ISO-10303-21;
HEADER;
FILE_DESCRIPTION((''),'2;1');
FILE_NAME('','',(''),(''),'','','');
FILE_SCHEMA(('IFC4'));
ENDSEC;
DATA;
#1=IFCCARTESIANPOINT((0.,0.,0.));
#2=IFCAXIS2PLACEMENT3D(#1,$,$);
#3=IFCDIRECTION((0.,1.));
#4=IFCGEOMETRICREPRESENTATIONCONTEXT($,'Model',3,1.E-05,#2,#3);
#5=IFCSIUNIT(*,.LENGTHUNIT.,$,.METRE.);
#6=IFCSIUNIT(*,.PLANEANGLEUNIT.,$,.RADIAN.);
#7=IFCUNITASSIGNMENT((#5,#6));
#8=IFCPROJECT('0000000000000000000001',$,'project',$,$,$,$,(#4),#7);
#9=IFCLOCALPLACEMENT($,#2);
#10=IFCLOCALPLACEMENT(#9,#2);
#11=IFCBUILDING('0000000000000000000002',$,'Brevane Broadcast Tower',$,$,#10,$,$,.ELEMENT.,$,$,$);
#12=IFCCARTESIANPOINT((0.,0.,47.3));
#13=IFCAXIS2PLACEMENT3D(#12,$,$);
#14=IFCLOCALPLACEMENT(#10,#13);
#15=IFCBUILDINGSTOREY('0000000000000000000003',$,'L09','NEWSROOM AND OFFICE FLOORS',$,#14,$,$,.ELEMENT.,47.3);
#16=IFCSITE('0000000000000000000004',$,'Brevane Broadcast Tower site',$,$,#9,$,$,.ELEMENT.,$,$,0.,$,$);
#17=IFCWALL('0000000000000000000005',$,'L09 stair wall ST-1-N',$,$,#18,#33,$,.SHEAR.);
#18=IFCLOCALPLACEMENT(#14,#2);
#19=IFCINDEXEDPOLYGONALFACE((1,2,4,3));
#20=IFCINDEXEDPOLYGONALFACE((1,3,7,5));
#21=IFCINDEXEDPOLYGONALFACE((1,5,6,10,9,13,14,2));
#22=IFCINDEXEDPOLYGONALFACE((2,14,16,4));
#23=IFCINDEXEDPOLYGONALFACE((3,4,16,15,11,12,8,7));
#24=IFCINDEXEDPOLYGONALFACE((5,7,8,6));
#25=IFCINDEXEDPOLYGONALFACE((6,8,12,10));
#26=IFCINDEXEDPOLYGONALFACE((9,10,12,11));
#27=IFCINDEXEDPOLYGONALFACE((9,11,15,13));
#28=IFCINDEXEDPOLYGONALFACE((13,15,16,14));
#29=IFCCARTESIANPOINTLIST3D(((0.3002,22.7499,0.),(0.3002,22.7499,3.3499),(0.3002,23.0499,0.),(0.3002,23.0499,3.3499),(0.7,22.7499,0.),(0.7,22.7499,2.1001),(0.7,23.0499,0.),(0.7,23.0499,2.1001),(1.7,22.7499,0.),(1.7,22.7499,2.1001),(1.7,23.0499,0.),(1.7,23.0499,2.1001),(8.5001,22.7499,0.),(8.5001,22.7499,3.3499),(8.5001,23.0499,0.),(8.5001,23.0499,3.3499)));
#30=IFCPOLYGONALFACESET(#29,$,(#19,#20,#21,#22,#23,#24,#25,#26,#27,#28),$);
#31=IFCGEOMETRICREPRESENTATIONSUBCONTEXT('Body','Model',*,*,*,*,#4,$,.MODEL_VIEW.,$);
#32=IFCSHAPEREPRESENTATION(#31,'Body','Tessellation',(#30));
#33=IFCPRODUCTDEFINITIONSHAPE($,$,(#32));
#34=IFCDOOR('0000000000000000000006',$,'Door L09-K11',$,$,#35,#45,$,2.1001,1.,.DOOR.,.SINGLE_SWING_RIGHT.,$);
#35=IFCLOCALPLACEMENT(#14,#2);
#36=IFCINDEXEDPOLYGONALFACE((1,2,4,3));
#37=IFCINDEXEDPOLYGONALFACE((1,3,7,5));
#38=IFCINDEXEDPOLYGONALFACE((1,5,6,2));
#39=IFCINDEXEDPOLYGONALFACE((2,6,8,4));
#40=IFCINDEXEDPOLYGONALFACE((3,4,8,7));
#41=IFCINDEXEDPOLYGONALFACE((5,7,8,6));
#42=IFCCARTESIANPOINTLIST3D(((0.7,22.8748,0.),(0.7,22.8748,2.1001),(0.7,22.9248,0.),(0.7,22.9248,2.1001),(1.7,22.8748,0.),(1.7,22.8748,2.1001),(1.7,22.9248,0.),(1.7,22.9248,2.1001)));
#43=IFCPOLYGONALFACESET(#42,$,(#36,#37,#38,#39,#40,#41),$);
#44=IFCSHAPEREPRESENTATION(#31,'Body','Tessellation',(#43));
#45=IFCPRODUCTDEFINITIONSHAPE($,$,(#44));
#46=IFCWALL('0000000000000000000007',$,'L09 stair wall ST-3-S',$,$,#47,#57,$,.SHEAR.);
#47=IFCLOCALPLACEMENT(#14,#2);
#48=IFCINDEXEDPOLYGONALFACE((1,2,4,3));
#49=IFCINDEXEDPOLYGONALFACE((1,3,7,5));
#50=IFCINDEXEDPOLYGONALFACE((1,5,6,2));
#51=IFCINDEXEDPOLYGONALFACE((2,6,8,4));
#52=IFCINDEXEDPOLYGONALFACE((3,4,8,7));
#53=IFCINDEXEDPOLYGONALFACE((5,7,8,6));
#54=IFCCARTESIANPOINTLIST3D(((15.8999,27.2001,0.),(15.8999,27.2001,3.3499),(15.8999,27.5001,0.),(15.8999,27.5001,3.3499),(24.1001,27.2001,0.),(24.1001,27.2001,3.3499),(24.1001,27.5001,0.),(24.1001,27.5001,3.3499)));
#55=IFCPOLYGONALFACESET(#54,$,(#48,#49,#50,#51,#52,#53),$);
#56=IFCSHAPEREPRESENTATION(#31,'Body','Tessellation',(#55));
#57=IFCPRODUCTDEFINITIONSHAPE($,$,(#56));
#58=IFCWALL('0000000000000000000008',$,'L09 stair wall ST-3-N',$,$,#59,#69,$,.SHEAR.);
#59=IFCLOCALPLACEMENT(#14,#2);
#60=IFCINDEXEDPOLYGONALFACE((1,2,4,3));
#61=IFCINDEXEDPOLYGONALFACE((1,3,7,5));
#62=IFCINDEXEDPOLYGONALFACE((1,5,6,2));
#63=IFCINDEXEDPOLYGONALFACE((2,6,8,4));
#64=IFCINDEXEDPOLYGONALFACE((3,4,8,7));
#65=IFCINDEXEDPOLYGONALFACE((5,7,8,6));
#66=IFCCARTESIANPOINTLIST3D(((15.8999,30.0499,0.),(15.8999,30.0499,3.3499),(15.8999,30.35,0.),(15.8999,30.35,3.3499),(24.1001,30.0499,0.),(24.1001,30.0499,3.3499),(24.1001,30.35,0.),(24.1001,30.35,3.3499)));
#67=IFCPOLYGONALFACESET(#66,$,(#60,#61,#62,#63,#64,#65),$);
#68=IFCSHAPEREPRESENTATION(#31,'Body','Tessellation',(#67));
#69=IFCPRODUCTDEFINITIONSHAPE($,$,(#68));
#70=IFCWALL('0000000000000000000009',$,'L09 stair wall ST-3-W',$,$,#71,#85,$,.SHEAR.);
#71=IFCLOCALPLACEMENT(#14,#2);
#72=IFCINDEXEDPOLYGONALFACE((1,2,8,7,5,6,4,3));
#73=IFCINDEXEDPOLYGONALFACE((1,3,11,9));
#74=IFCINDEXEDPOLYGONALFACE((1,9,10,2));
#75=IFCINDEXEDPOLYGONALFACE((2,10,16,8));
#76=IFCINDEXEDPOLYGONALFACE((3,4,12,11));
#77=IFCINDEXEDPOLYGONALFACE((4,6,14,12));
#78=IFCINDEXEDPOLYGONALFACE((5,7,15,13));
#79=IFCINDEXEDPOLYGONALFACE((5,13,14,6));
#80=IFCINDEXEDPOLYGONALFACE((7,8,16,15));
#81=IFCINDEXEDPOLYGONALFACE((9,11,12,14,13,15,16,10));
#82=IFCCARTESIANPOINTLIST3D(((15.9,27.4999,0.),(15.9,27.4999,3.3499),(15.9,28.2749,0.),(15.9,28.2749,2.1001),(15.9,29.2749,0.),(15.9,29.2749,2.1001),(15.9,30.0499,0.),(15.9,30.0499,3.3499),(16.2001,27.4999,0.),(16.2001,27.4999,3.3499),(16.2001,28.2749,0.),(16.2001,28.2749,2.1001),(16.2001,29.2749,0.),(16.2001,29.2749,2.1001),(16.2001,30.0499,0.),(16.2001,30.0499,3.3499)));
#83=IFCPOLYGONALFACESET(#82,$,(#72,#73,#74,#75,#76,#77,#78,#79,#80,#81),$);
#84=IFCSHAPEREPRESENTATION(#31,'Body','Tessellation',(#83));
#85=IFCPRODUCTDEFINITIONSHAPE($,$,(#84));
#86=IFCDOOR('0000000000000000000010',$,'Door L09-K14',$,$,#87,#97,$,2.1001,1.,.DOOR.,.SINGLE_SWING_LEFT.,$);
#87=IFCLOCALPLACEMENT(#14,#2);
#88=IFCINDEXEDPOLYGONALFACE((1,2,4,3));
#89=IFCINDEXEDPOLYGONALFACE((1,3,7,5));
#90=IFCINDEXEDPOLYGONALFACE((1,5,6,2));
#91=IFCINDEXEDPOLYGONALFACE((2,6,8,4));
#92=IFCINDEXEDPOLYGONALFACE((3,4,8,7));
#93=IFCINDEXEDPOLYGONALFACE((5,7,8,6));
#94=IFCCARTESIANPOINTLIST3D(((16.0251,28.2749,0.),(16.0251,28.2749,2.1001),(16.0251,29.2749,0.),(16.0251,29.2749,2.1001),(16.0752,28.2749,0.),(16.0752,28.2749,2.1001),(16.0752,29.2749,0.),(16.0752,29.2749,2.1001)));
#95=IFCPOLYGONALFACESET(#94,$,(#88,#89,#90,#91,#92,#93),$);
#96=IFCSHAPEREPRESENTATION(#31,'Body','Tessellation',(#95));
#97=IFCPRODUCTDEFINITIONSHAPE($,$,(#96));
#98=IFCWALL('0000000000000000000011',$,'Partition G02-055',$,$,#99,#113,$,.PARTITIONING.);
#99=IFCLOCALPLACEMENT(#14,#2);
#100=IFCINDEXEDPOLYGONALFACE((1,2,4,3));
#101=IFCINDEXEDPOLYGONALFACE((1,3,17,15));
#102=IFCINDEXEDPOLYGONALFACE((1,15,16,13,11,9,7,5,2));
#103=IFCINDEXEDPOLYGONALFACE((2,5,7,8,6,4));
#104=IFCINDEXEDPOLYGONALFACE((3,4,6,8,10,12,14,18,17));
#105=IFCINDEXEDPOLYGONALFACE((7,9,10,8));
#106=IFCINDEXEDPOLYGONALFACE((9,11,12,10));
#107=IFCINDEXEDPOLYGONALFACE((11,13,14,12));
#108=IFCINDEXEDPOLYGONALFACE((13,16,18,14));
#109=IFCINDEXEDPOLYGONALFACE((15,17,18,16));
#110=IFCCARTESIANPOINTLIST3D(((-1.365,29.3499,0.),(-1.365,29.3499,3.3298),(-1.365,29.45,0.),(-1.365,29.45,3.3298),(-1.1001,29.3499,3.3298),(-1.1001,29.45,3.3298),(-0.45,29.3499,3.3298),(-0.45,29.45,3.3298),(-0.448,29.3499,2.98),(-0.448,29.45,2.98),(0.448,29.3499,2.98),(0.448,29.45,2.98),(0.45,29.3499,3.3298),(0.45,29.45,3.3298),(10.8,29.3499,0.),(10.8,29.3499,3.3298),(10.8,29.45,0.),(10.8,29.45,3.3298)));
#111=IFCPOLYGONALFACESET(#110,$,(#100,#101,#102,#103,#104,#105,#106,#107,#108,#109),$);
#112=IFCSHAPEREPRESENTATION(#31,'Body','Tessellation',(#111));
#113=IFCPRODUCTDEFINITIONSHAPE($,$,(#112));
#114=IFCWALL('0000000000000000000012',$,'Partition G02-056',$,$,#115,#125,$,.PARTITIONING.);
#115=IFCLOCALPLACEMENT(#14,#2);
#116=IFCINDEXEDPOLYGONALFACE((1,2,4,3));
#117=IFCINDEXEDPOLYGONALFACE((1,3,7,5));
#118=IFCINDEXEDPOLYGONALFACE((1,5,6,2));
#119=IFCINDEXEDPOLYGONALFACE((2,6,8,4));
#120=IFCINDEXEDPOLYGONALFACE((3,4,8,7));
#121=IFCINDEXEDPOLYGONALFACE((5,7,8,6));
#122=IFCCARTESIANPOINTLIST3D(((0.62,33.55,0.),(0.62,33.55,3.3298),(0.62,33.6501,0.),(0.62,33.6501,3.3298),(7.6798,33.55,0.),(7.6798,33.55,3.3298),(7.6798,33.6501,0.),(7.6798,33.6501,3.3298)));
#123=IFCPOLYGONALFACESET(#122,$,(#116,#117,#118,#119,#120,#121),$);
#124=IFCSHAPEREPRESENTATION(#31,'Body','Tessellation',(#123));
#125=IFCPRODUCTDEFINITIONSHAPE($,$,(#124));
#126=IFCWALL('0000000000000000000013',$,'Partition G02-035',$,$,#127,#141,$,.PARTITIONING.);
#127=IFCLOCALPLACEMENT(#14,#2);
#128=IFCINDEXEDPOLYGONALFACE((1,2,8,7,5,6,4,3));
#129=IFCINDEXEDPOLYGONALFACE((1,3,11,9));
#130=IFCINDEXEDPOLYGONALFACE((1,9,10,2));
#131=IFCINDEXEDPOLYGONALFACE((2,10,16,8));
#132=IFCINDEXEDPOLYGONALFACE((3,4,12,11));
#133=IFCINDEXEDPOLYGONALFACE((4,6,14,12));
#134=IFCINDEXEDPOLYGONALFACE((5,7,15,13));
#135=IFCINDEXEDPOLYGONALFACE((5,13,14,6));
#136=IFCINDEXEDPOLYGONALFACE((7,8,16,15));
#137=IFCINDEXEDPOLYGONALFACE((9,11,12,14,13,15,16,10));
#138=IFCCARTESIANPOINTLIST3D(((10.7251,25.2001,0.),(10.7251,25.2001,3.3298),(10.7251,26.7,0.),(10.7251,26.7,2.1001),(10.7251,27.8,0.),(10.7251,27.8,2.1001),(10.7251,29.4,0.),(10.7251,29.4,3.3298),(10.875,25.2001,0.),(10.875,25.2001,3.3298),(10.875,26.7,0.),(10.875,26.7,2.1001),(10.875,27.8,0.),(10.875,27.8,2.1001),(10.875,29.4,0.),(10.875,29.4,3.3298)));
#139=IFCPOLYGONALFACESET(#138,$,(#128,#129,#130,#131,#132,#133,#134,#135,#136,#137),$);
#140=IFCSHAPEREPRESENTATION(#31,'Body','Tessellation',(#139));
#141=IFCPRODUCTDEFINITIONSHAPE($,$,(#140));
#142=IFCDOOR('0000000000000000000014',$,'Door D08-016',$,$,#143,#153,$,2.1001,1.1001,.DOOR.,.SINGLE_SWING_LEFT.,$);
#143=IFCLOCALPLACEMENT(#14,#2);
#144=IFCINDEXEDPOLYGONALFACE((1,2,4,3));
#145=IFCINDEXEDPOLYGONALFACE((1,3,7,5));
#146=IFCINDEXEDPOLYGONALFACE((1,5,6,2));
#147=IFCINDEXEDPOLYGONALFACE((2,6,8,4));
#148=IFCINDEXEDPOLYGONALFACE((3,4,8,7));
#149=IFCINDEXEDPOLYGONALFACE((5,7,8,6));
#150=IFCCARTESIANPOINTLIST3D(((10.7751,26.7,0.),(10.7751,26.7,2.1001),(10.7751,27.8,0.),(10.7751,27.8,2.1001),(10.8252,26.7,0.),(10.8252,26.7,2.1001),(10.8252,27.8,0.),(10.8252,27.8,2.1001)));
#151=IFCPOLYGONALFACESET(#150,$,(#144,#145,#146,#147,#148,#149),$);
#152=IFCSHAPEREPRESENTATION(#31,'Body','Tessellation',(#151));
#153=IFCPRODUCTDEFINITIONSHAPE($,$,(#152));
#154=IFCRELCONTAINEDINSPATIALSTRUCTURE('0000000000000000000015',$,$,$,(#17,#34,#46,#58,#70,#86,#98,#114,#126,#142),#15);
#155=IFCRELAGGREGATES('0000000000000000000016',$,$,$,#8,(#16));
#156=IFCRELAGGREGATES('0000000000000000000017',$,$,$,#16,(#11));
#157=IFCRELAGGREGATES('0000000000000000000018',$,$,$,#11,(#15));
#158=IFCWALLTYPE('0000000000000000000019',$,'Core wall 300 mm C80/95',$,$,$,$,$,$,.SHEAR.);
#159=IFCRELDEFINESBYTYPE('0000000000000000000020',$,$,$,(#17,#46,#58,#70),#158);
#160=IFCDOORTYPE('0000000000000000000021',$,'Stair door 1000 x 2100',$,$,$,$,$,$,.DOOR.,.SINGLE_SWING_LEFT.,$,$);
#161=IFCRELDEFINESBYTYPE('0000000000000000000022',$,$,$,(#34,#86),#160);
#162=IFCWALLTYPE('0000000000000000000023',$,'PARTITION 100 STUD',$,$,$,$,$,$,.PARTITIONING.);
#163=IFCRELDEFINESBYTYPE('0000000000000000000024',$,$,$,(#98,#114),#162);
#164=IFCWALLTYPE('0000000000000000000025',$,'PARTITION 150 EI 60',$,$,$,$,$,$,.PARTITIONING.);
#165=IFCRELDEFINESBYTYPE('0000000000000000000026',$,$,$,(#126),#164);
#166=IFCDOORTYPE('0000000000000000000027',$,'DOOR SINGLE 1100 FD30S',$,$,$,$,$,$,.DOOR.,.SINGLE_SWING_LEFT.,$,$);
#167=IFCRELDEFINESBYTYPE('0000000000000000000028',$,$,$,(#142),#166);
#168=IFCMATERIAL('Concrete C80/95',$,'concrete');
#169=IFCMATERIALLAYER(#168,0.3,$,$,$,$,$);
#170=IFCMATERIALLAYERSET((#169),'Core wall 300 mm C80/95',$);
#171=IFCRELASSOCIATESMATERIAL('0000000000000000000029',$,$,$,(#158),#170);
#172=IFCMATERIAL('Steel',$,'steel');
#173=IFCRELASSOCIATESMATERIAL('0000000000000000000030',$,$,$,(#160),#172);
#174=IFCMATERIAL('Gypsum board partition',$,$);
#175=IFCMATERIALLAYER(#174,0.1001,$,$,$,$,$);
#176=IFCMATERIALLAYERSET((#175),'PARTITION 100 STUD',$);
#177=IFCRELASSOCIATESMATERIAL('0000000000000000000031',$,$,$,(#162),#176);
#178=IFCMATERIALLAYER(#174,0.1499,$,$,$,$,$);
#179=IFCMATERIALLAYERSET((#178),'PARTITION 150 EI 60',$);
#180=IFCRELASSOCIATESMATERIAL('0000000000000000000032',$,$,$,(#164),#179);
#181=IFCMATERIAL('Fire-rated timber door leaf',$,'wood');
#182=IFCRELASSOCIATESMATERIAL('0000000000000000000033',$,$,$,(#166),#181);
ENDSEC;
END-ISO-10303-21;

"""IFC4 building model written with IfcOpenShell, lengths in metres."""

from ifc_helpers import new_model, si_unit, direction, frame, frame_2d, origin, place, context, subcontext, project, spatial, polyline, rectangle, outline, extrude, material, layer, layer_set, type_object, element, fill, save


model = new_model("IFC4")

# Units and contexts
model_context = context("Model", 3, precision=1e-05, world=origin(), true_north=direction((0.0, 1.0)))
body_context = subcontext(model_context, "Body", "Model", "MODEL_VIEW")
ifc_project = project(units=[si_unit("LENGTHUNIT", "METRE"), si_unit("PLANEANGLEUNIT", "RADIAN")], contexts=[model_context])

# Site, building, storey
site_placement = place(None, origin())
site = spatial("IfcSite", under=ifc_project, at=site_placement, Name="Brevane Broadcast Tower site", CompositionType="ELEMENT", RefElevation=0.0)
building_placement = place(site_placement, origin())
building = spatial("IfcBuilding", under=site, at=building_placement, Name="Brevane Broadcast Tower", CompositionType="ELEMENT")
storey_placement = place(building_placement, frame((0.0, 0.0, 47.3)))
storey = spatial("IfcBuildingStorey", under=building, at=storey_placement, Name="L09", Description="NEWSROOM AND OFFICE FLOORS", CompositionType="ELEMENT", Elevation=47.3)

# Shared definitions
ifc_material_1 = material(Name="Concrete C80/95", Category="concrete")

# Wall, opening, door
ifc_layer_1 = layer(ifc_material_1, 0.3)
ifc_layer_set_1 = layer_set([ifc_layer_1], Name="Core wall 300 mm C80/95")
wall_type_1 = type_object("IfcWallType", Name="Core wall 300 mm C80/95", PredefinedType="SHEAR", material=ifc_layer_set_1)
wall_1_placement = place(storey_placement, frame((0.3, 22.8999, 0.0), z_axis=(0.0, 0.0, 1.0), x_axis=(1.0, 0.0, 0.0)))
wall_1 = element("IfcWall", 1, at=wall_1_placement, inside=storey, type_object=wall_type_1, Name="L09 stair wall ST-1-N", PredefinedType="SHEAR", context=body_context, shape_type="SweptSolid", body=[
    extrude(rectangle(XDim=8.2, YDim=0.3, at=frame_2d((4.1001, 0.0))), origin(), (0.0, 0.0, 1.0), 3.3499),
])
opening_1_placement = place(wall_1_placement, frame((0.3999, 0.0, 0.0)))
opening_1 = element("IfcOpeningElement", 2, at=opening_1_placement, cuts=wall_1, PredefinedType="OPENING", context=body_context, shape_type="SweptSolid", body=[
    extrude(rectangle(XDim=1.0, YDim=2.1001, at=frame_2d((0.5, 1.05))), frame((0.0, 0.1599, 0.0), z_axis=(0.0, -1.0, 0.0), x_axis=(1.0, 0.0, 0.0)), (0.0, 0.0, 1.0), 0.3201),
])
ifc_material_2 = material(Name="Steel", Category="steel")
door_type_1 = type_object("IfcDoorType", Name="Stair door 1000 x 2100", OperationType="SINGLE_SWING_LEFT", PredefinedType="DOOR", material=ifc_material_2)
door_1_placement = place(opening_1_placement, origin())
door_1 = element("IfcDoor", 3, at=door_1_placement, inside=storey, type_object=door_type_1, Name="Door L09-K11", OperationType="SINGLE_SWING_RIGHT", OverallHeight=2.1001, OverallWidth=1.0, PredefinedType="DOOR", context=body_context, shape_type="SweptSolid", body=[
    extrude(rectangle(XDim=1.0, YDim=2.1001, at=frame_2d((0.5, 1.05))), frame((0.0, 0.0249, 0.0), z_axis=(0.0, -1.0, 0.0), x_axis=(1.0, 0.0, 0.0)), (0.0, 0.0, 1.0), 0.05),
])
fill(opening_1, door_1)

# Walls
for number, where, z_axis, x_axis, name in (
    (4, (15.8999, 27.3501, 0.0), (0.0, 0.0, 1.0), (1.0, 0.0, 0.0), "L09 stair wall ST-3-S"),
    (5, (15.8999, 30.2, 0.0), (0.0, 0.0, 1.0), (1.0, 0.0, 0.0), "L09 stair wall ST-3-N"),
):
    element("IfcWall", number, at=place(storey_placement, frame(where, z_axis=z_axis, x_axis=x_axis)), inside=storey, type_object=wall_type_1, Name=name, PredefinedType="SHEAR", context=body_context, shape_type="SweptSolid", body=[
        extrude(rectangle(XDim=8.2002, YDim=0.3, at=frame_2d((4.1001, 0.0))), origin(), (0.0, 0.0, 1.0), 3.3499),
    ])

# Wall, opening, door
wall_2_placement = place(storey_placement, frame((16.05, 27.5, 0.0), z_axis=(0.0, 0.0, 1.0), x_axis=(0.0, 1.0, 0.0)))
wall_2 = element("IfcWall", 6, at=wall_2_placement, inside=storey, type_object=wall_type_1, Name="L09 stair wall ST-3-W", PredefinedType="SHEAR", context=body_context, shape_type="SweptSolid", body=[
    extrude(rectangle(XDim=2.55, YDim=0.3, at=frame_2d((1.2749, 0.0))), origin(), (0.0, 0.0, 1.0), 3.3499),
])
opening_2_placement = place(wall_2_placement, frame((0.7749, 0.0, 0.0)))
opening_2 = element("IfcOpeningElement", 7, at=opening_2_placement, cuts=wall_2, PredefinedType="OPENING", context=body_context, shape_type="SweptSolid", body=[
    extrude(rectangle(XDim=1.0, YDim=2.1001, at=frame_2d((0.5, 1.05))), frame((0.0, 0.1599, 0.0), z_axis=(0.0, -1.0, 0.0), x_axis=(1.0, 0.0, 0.0)), (0.0, 0.0, 1.0), 0.3201),
])
door_2_placement = place(opening_2_placement, origin())
door_2 = element("IfcDoor", 8, at=door_2_placement, inside=storey, type_object=door_type_1, Name="Door L09-K14", OperationType="SINGLE_SWING_LEFT", OverallHeight=2.1001, OverallWidth=1.0, PredefinedType="DOOR", context=body_context, shape_type="SweptSolid", body=[
    extrude(rectangle(XDim=1.0, YDim=2.1001, at=frame_2d((0.5, 1.05))), frame((0.0, 0.0249, 0.0), z_axis=(0.0, -1.0, 0.0), x_axis=(1.0, 0.0, 0.0)), (0.0, 0.0, 1.0), 0.05),
])
fill(opening_2, door_2)

# Walls
ifc_material_3 = material(Name="Gypsum board partition")
ifc_layer_2 = layer(ifc_material_3, 0.1001)
ifc_layer_set_2 = layer_set([ifc_layer_2], Name="PARTITION 100 STUD")
wall_type_2 = type_object("IfcWallType", Name="PARTITION 100 STUD", PredefinedType="PARTITIONING", material=ifc_layer_set_2)
wall_3_placement = place(storey_placement, frame((-1.365, 29.3999, 0.0), z_axis=(0.0, 0.0, 1.0), x_axis=(1.0, 0.0, 0.0)))
element("IfcWall", 9, at=wall_3_placement, inside=storey, type_object=wall_type_2, Name="Partition G02-055", PredefinedType="PARTITIONING", context=body_context, shape_type="SweptSolid", body=[
    extrude(outline(polyline([(0.0, 0.0), (12.165, 0.0), (12.165, 3.3298), (1.8149, 3.3298), (1.813, 2.98), (0.917, 2.98), (0.915, 3.3298), (0.2649, 3.3298), (0.0, 3.3298), (0.0, 0.0)])), frame((0.0, 0.05, 0.0), z_axis=(0.0, -1.0, 0.0), x_axis=(1.0, 0.0, 0.0)), (0.0, 0.0, 1.0), 0.1001),
])
wall_4_placement = place(storey_placement, frame((0.6201, 33.6001, 0.0), z_axis=(0.0, 0.0, 1.0), x_axis=(1.0, 0.0, 0.0)))
element("IfcWall", 10, at=wall_4_placement, inside=storey, type_object=wall_type_2, Name="Partition G02-056", PredefinedType="PARTITIONING", context=body_context, shape_type="SweptSolid", body=[
    extrude(rectangle(XDim=7.0598, YDim=0.1001, at=frame_2d((3.5298, 0.0))), origin(), (0.0, 0.0, 1.0), 3.3298),
])

# Wall, opening, door
ifc_layer_3 = layer(ifc_material_3, 0.1499)
ifc_layer_set_3 = layer_set([ifc_layer_3], Name="PARTITION 150 EI 60")
wall_type_3 = type_object("IfcWallType", Name="PARTITION 150 EI 60", PredefinedType="PARTITIONING", material=ifc_layer_set_3)
wall_5_placement = place(storey_placement, frame((10.8, 25.2, 0.0), z_axis=(0.0, 0.0, 1.0), x_axis=(0.0, 1.0, 0.0)))
wall_5 = element("IfcWall", 11, at=wall_5_placement, inside=storey, type_object=wall_type_3, Name="Partition G02-035", PredefinedType="PARTITIONING", context=body_context, shape_type="SweptSolid", body=[
    extrude(rectangle(XDim=4.2, YDim=0.1499, at=frame_2d((2.1001, 0.0))), origin(), (0.0, 0.0, 1.0), 3.3298),
])
opening_3_placement = place(wall_5_placement, frame((1.5, 0.0, 0.0)))
opening_3 = element("IfcOpeningElement", 12, at=opening_3_placement, cuts=wall_5, PredefinedType="OPENING", context=body_context, shape_type="SweptSolid", body=[
    extrude(rectangle(XDim=1.1001, YDim=2.1001, at=frame_2d((0.55, 1.05))), frame((0.0, 0.085, 0.0), z_axis=(0.0, -1.0, 0.0), x_axis=(1.0, 0.0, 0.0)), (0.0, 0.0, 1.0), 0.1699),
])
ifc_material_4 = material(Name="Fire-rated timber door leaf", Category="wood")
door_type_2 = type_object("IfcDoorType", Name="DOOR SINGLE 1100 FD30S", OperationType="SINGLE_SWING_LEFT", PredefinedType="DOOR", material=ifc_material_4)
door_3_placement = place(opening_3_placement, origin())
door_3 = element("IfcDoor", 13, at=door_3_placement, inside=storey, type_object=door_type_2, Name="Door D08-016", OperationType="SINGLE_SWING_LEFT", OverallHeight=2.1001, OverallWidth=1.1001, PredefinedType="DOOR", context=body_context, shape_type="SweptSolid", body=[
    extrude(rectangle(XDim=1.1001, YDim=2.1001, at=frame_2d((0.55, 1.05))), frame((0.0, 0.0249, 0.0), z_axis=(0.0, -1.0, 0.0), x_axis=(1.0, 0.0, 0.0)), (0.0, 0.0, 1.0), 0.05),
])
fill(opening_3, door_3)

save(model, "model.ifc")
